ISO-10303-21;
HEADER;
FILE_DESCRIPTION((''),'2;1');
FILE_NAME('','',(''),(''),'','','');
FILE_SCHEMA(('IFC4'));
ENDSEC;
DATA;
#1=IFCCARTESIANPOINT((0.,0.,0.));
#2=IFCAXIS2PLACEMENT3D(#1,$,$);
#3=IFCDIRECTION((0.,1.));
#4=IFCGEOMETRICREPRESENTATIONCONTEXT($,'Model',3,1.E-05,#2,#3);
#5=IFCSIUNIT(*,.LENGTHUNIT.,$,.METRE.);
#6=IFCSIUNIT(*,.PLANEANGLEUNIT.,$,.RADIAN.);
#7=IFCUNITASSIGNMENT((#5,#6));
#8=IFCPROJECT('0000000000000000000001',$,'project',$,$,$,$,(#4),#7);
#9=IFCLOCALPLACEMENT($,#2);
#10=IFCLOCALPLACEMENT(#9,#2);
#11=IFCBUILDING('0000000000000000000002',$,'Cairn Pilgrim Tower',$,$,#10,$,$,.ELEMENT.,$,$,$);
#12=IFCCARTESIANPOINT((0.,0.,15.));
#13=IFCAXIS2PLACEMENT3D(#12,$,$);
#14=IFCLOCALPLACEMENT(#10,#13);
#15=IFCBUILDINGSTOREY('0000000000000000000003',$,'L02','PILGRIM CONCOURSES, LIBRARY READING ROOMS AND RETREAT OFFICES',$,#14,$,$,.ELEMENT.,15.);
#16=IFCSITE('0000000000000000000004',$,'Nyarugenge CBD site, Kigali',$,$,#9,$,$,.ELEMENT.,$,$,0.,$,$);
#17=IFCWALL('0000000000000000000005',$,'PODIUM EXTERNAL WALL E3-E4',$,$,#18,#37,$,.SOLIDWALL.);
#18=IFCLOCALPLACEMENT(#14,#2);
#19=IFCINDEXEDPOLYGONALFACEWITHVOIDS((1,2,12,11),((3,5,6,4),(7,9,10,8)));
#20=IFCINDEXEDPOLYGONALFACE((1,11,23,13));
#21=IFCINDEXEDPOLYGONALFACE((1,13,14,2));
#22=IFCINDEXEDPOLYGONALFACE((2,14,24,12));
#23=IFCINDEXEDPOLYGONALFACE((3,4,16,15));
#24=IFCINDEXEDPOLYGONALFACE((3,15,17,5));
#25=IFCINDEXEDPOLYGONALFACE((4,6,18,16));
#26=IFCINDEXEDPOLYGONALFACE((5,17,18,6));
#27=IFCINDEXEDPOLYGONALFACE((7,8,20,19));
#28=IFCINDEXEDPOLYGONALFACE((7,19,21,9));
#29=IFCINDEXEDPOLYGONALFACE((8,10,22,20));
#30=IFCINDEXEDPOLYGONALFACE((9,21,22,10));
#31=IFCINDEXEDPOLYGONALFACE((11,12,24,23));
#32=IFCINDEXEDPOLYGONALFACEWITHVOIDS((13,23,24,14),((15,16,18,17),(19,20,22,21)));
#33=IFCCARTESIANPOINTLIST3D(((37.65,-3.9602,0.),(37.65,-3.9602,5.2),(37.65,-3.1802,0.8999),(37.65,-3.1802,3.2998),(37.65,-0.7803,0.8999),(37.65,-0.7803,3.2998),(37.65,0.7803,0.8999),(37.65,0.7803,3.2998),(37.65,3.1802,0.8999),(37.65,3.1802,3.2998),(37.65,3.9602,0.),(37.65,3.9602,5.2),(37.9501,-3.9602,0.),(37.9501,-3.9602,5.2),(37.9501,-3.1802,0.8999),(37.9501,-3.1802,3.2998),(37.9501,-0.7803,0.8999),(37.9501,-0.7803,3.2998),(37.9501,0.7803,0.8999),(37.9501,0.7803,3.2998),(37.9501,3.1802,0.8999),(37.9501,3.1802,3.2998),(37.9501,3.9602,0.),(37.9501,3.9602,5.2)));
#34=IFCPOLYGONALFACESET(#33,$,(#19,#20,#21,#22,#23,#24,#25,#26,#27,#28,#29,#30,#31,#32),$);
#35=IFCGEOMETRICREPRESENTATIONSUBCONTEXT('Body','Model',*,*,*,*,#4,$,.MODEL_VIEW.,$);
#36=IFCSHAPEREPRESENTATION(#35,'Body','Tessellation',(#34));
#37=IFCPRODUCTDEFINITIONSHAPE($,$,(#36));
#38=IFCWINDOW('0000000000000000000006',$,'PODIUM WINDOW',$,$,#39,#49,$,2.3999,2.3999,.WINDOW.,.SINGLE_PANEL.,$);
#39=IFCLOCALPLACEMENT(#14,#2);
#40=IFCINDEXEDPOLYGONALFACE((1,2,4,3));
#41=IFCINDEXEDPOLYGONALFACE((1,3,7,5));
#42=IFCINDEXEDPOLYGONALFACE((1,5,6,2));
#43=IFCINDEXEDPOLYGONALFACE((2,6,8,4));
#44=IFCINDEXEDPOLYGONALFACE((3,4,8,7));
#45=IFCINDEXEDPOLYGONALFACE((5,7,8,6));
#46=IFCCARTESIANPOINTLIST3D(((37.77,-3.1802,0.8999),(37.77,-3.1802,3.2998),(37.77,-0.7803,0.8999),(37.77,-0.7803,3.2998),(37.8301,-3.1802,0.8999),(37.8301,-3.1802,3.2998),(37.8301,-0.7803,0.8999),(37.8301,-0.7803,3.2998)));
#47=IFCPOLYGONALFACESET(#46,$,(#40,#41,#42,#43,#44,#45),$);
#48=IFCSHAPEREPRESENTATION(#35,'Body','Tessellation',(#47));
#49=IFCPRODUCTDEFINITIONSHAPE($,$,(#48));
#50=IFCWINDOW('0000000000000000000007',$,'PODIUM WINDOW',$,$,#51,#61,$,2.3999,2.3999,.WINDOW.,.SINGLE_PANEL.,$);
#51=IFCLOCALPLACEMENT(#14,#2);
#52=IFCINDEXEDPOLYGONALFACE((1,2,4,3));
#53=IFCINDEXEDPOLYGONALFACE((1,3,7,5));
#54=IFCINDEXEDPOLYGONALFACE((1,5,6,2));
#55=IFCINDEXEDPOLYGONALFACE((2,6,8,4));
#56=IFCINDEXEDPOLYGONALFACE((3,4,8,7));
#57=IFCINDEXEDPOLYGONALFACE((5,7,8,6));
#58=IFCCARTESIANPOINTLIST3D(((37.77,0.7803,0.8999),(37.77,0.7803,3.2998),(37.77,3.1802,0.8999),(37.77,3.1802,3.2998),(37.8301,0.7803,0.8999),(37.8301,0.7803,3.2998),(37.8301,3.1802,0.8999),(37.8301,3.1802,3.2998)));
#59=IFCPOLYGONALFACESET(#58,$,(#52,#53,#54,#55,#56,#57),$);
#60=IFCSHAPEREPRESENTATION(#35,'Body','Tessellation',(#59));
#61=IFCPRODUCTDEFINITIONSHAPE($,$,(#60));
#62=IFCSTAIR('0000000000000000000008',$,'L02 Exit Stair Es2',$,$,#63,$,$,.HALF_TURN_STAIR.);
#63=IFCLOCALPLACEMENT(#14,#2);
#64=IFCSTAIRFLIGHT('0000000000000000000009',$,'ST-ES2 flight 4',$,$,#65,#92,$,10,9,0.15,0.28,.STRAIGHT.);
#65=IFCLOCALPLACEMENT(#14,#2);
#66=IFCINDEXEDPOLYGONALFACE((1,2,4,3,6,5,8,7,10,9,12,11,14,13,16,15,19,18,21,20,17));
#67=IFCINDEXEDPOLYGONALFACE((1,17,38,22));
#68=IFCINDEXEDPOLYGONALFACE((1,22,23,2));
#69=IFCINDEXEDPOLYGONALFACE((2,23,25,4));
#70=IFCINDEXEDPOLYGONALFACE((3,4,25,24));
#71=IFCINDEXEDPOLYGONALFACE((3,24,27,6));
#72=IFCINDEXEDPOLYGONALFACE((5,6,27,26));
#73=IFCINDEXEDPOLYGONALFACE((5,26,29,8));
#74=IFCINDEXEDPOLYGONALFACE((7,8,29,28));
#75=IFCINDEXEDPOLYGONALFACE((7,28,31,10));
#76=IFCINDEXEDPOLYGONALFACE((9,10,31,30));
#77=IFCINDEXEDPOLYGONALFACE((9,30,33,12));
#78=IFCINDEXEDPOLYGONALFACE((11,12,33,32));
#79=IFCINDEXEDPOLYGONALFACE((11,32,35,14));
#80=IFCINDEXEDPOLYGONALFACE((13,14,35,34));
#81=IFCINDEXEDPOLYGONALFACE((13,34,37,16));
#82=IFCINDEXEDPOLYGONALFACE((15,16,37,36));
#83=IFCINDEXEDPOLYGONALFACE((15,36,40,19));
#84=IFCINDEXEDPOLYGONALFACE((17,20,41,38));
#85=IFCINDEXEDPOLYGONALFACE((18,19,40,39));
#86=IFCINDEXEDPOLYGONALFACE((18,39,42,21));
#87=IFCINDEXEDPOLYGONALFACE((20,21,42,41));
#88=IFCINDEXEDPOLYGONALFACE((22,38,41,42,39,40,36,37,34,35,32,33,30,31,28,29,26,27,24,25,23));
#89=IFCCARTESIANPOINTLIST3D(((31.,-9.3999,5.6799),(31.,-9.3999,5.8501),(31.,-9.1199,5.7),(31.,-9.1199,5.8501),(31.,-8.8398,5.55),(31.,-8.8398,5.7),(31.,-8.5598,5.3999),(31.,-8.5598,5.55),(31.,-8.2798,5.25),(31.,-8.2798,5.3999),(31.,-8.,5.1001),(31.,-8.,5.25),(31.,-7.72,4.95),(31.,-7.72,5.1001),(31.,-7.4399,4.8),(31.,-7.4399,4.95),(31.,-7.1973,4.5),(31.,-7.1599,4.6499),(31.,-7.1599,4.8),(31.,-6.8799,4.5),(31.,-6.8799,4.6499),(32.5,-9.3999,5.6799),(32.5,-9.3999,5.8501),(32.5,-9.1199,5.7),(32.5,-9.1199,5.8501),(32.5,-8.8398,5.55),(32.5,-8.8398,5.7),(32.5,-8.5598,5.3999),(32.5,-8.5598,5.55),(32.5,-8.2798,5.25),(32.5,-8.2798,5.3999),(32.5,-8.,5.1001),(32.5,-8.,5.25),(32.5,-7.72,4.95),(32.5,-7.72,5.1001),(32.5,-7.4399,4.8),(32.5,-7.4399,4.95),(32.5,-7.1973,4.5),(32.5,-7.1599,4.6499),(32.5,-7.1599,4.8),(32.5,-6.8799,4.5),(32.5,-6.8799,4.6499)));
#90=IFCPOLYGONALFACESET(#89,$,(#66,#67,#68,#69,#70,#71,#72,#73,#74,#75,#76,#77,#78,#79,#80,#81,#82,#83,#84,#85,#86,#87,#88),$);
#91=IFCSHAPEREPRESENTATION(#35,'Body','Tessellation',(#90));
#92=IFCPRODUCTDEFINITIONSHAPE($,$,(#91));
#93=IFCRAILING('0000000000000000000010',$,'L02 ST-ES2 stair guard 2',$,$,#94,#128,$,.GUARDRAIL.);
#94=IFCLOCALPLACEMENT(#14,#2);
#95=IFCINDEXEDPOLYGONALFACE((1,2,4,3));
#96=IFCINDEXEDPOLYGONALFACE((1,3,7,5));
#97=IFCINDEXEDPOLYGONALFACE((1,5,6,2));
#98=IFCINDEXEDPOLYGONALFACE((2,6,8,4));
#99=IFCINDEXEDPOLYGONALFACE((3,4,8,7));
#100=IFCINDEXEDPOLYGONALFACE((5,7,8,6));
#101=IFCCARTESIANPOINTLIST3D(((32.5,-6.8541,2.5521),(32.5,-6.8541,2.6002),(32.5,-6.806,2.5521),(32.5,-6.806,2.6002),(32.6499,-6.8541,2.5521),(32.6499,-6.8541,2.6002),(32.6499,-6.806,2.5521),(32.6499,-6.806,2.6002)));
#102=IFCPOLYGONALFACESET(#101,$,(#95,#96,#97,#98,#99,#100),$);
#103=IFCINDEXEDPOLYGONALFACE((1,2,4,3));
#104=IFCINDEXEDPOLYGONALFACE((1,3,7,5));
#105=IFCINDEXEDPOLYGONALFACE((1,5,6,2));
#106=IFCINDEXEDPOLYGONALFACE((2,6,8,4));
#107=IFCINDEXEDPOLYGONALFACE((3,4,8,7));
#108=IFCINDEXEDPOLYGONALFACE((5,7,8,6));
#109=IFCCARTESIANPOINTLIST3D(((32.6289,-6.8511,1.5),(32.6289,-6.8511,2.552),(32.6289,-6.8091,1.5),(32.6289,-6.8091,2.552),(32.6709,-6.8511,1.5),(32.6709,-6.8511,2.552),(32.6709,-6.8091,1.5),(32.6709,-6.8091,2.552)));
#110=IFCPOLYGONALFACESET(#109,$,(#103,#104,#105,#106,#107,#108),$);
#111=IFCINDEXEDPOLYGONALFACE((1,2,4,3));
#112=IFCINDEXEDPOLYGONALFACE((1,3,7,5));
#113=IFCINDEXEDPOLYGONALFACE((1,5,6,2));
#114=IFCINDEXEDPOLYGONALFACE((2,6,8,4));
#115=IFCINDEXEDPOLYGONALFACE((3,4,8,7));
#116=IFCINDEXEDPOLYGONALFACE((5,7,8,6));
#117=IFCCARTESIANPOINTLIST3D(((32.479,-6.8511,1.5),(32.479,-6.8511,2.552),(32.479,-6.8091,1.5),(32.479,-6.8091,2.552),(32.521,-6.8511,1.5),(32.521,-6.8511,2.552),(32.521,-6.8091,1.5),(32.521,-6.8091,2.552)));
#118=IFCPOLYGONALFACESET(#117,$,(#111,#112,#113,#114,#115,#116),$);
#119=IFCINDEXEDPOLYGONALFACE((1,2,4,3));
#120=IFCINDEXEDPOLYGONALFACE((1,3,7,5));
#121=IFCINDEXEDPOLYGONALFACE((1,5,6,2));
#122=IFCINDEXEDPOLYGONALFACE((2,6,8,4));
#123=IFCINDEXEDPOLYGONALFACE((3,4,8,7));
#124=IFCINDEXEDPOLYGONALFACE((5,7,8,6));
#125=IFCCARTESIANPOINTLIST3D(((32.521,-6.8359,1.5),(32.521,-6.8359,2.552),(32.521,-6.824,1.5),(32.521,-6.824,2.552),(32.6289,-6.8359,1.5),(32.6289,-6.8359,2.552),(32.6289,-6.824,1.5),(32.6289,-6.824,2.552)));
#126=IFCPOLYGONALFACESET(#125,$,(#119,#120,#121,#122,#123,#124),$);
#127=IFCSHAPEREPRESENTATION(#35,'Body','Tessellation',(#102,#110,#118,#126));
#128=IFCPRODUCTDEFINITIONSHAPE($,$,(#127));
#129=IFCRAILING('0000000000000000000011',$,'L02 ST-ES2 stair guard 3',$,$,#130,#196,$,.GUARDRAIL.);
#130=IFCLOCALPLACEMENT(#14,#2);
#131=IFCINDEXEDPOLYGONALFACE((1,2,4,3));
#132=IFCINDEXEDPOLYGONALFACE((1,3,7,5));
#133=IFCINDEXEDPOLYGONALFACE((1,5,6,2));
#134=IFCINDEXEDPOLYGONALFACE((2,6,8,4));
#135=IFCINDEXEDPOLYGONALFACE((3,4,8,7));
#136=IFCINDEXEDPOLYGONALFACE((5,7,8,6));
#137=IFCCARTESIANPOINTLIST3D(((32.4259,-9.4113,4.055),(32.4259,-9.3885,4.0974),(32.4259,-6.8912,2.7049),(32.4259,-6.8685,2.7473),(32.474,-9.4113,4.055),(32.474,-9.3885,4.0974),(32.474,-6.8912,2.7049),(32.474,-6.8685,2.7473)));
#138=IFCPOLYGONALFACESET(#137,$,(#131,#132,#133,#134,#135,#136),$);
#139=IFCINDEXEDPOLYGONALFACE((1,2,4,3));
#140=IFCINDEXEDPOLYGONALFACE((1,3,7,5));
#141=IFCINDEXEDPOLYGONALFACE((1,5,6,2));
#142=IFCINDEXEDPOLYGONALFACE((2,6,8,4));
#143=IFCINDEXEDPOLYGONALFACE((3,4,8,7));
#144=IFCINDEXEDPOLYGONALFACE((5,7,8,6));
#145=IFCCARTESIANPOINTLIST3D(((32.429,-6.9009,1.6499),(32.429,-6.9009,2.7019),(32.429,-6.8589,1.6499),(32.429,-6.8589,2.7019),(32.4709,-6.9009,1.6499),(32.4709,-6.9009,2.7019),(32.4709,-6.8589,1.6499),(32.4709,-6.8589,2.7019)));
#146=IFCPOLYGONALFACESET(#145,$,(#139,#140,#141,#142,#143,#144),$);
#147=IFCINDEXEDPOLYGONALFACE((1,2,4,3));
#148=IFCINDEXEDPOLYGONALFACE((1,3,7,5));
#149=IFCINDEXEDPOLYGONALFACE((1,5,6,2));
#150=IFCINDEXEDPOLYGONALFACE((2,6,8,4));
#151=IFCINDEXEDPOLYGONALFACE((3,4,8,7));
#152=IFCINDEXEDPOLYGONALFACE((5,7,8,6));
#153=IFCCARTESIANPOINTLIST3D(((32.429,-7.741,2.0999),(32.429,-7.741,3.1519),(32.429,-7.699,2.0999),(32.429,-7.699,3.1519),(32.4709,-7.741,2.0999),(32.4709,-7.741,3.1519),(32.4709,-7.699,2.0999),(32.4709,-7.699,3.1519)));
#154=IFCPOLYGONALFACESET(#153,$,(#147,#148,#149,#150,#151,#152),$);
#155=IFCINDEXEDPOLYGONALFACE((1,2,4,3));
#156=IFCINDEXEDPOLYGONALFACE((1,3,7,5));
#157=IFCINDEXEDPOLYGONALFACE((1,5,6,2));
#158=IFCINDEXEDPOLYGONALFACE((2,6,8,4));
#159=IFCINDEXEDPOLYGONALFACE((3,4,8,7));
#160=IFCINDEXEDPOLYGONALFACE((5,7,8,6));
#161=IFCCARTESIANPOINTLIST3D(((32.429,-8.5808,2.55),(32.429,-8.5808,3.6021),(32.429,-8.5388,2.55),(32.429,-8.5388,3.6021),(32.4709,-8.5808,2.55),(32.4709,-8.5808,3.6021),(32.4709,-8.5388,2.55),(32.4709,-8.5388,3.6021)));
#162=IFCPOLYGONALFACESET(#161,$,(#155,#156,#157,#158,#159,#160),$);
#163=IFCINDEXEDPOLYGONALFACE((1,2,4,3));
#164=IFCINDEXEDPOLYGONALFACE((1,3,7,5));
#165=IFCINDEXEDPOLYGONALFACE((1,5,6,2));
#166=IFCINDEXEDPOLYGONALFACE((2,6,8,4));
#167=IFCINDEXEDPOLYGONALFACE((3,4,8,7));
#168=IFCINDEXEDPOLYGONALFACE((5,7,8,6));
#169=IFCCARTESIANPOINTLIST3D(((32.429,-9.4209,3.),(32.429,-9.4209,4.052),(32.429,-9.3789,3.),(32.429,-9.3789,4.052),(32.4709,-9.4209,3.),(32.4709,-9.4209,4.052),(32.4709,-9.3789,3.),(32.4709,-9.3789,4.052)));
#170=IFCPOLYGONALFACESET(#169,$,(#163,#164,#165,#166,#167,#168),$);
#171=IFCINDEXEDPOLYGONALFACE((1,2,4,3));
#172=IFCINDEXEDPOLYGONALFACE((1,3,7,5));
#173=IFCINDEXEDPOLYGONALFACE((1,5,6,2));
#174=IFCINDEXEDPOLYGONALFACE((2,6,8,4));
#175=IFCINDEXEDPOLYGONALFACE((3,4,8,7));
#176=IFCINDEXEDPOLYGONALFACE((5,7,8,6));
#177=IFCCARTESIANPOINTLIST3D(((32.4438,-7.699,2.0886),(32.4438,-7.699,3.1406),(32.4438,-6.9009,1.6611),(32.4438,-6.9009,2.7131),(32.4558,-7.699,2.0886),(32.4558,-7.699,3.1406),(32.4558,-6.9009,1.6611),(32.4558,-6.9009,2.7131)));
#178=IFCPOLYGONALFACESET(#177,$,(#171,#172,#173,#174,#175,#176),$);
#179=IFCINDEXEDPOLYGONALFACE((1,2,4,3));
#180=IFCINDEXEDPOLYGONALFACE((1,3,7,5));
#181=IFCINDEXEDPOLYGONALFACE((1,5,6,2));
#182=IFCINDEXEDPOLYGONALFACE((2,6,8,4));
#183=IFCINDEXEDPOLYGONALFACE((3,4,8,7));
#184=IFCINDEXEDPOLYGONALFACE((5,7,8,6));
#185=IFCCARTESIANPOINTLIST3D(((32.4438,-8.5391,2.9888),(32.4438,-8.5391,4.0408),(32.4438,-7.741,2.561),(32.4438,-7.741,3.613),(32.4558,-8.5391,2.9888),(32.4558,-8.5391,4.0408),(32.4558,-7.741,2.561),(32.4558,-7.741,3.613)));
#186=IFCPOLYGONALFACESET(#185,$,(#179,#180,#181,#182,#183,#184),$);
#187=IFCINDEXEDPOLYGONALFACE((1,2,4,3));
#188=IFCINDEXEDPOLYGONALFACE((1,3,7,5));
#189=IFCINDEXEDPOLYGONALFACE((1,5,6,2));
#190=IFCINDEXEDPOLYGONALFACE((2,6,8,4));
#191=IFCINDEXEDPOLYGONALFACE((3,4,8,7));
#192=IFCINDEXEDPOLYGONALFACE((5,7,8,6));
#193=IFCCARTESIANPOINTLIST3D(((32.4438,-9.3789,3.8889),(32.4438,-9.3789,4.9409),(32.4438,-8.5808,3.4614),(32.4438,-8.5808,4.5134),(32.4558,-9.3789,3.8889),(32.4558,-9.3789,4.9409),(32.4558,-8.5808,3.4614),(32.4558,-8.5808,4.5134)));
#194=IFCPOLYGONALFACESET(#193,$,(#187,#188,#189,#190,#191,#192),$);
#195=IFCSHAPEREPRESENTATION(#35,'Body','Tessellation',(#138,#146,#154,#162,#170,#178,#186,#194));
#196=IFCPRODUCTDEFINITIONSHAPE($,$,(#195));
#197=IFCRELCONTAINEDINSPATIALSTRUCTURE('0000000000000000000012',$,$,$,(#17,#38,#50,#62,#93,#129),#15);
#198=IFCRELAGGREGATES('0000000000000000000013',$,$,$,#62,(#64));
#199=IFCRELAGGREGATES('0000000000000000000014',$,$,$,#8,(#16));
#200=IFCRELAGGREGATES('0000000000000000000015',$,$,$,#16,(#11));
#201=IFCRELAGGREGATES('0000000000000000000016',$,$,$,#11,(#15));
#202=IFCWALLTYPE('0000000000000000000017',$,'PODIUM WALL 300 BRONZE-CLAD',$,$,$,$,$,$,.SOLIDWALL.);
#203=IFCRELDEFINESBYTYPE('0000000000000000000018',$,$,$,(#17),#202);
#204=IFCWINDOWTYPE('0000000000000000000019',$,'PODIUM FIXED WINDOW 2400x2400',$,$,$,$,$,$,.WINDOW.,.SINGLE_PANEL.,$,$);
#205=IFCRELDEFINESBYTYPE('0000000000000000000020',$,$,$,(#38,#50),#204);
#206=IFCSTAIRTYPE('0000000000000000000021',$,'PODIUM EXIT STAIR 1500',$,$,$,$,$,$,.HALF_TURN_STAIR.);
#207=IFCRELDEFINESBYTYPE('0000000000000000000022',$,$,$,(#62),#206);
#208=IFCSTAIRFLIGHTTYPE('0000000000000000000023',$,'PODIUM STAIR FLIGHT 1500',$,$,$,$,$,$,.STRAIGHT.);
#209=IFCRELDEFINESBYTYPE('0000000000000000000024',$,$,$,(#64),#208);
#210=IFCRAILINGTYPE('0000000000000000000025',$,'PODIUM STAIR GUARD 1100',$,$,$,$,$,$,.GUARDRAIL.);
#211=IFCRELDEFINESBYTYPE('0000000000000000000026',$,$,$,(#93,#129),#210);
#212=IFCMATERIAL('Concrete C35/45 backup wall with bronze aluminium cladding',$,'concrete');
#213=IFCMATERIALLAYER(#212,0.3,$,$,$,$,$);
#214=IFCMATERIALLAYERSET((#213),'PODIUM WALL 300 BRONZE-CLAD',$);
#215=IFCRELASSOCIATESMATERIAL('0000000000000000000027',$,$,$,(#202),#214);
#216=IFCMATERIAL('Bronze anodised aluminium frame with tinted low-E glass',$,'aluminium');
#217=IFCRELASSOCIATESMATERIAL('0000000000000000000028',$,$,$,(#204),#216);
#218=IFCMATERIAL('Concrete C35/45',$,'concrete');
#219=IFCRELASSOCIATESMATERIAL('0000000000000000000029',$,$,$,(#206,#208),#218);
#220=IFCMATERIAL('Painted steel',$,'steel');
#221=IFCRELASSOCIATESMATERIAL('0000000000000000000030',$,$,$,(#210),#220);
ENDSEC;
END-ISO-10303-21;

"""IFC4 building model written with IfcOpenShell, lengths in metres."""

from ifc_helpers import new_model, si_unit, direction, frame, frame_2d, origin, origin_2d, place, context, subcontext, project, spatial, polyline, rectangle, outline, extrude, material, layer, layer_set, type_object, element, fill, aggregate, save


model = new_model("IFC4")

# Units and contexts
model_context = context("Model", 3, precision=1e-05, world=origin(), true_north=direction((0.0, 1.0)))
body_context = subcontext(model_context, "Body", "Model", "MODEL_VIEW")
ifc_project = project(units=[si_unit("LENGTHUNIT", "METRE"), si_unit("PLANEANGLEUNIT", "RADIAN")], contexts=[model_context])

# Site, building, storey
site_placement = place(None, origin())
site = spatial("IfcSite", under=ifc_project, at=site_placement, Name="Nyarugenge CBD site, Kigali", CompositionType="ELEMENT", RefElevation=0.0)
building_placement = place(site_placement, origin())
building = spatial("IfcBuilding", under=site, at=building_placement, Name="Cairn Pilgrim Tower", CompositionType="ELEMENT")
storey_placement = place(building_placement, frame((0.0, 0.0, 15.0)))
storey = spatial("IfcBuildingStorey", under=building, at=storey_placement, Name="L02", Description="PILGRIM CONCOURSES, LIBRARY READING ROOMS AND RETREAT OFFICES", CompositionType="ELEMENT", Elevation=15.0)

# Shared definitions
ifc_material_1 = material(Name="Concrete C35/45", Category="concrete")

# Wall, openings, windows
ifc_material_2 = material(Name="Concrete C35/45 backup wall with bronze aluminium cladding", Category="concrete")
ifc_layer_1 = layer(ifc_material_2, 0.3)
ifc_layer_set_1 = layer_set([ifc_layer_1], Name="PODIUM WALL 300 BRONZE-CLAD")
wall_type_1 = type_object("IfcWallType", Name="PODIUM WALL 300 BRONZE-CLAD", PredefinedType="SOLIDWALL", material=ifc_layer_set_1)
wall_1_placement = place(storey_placement, frame((37.8, -3.9602, 0.0), z_axis=(0.0, 0.0, 1.0), x_axis=(0.0, 1.0, 0.0)))
wall_1 = element("IfcWall", 1, at=wall_1_placement, inside=storey, type_object=wall_type_1, Name="PODIUM EXTERNAL WALL E3-E4", PredefinedType="SOLIDWALL", context=body_context, shape_type="SweptSolid", body=[
    extrude(rectangle(XDim=7.9204, YDim=0.3, at=frame_2d((3.9602, 0.0))), origin(), (0.0, 0.0, 1.0), 5.2),
])
opening_1_placement = place(wall_1_placement, frame((0.78, 0.0, 0.8999)))
opening_1 = element("IfcOpeningElement", 2, at=opening_1_placement, cuts=wall_1, PredefinedType="OPENING", context=body_context, shape_type="SweptSolid", body=[
    extrude(rectangle(XDim=2.3999, YDim=2.3999, at=frame_2d((1.2, 1.2))), frame((0.0, 0.1602, 0.0), z_axis=(0.0, -1.0, 0.0), x_axis=(1.0, 0.0, 0.0)), (0.0, 0.0, 1.0), 0.3201),
])
opening_2_placement = place(wall_1_placement, frame((4.7405, 0.0, 0.8999)))
opening_2 = element("IfcOpeningElement", 3, at=opening_2_placement, cuts=wall_1, PredefinedType="OPENING", context=body_context, shape_type="SweptSolid", body=[
    extrude(rectangle(XDim=2.3999, YDim=2.3999, at=frame_2d((1.2, 1.2))), frame((0.0, 0.1602, 0.0), z_axis=(0.0, -1.0, 0.0), x_axis=(1.0, 0.0, 0.0)), (0.0, 0.0, 1.0), 0.3201),
])
ifc_material_3 = material(Name="Bronze anodised aluminium frame with tinted low-E glass", Category="aluminium")
window_type = type_object("IfcWindowType", Name="PODIUM FIXED WINDOW 2400x2400", PartitioningType="SINGLE_PANEL", PredefinedType="WINDOW", material=ifc_material_3)
window_1_placement = place(opening_1_placement, origin())
window_1 = element("IfcWindow", 4, at=window_1_placement, inside=storey, type_object=window_type, Name="PODIUM WINDOW", OverallHeight=2.3999, OverallWidth=2.3999, PartitioningType="SINGLE_PANEL", PredefinedType="WINDOW", context=body_context, shape_type="SweptSolid", body=[
    extrude(rectangle(XDim=2.3999, YDim=2.3999, at=frame_2d((1.2, 1.2))), frame((0.0, 0.03, 0.0), z_axis=(0.0, -1.0, 0.0), x_axis=(1.0, 0.0, 0.0)), (0.0, 0.0, 1.0), 0.0601),
])
fill(opening_1, window_1)
window_2_placement = place(opening_2_placement, origin())
window_2 = element("IfcWindow", 5, at=window_2_placement, inside=storey, type_object=window_type, Name="PODIUM WINDOW", OverallHeight=2.3999, OverallWidth=2.3999, PartitioningType="SINGLE_PANEL", PredefinedType="WINDOW", context=body_context, shape_type="SweptSolid", body=[
    extrude(rectangle(XDim=2.3999, YDim=2.3999, at=frame_2d((1.2, 1.2))), frame((0.0, 0.03, 0.0), z_axis=(0.0, -1.0, 0.0), x_axis=(1.0, 0.0, 0.0)), (0.0, 0.0, 1.0), 0.0601),
])
fill(opening_2, window_2)

# Stair, stair flight
stair_type = type_object("IfcStairType", Name="PODIUM EXIT STAIR 1500", PredefinedType="HALF_TURN_STAIR", material=ifc_material_1)
stair_placement = place(storey_placement, origin())
stair = element("IfcStair", 6, at=stair_placement, inside=storey, type_object=stair_type, Name="L02 Exit Stair Es2", PredefinedType="HALF_TURN_STAIR")
stair_flight_type = type_object("IfcStairFlightType", Name="PODIUM STAIR FLIGHT 1500", PredefinedType="STRAIGHT", material=ifc_material_1)
stair_flight_placement = place(storey_placement, frame((31.75, -6.8799, 4.5), z_axis=(0.0, 0.0, 1.0), x_axis=(0.0, -1.0, 0.0)))
stair_flight = element("IfcStairFlight", 7, at=stair_flight_placement, type_object=stair_flight_type, Name="ST-ES2 flight 4", NumberOfRisers=10, NumberOfTreads=9, PredefinedType="STRAIGHT", RiserHeight=0.15, TreadLength=0.28, context=body_context, shape_type="SweptSolid", body=[
    extrude(outline(polyline([(0.0, 0.0), (0.0, 0.1499), (0.28, 0.1499), (0.28, 0.3), (0.5601, 0.3), (0.5601, 0.45), (0.8401, 0.45), (0.8401, 0.6001), (1.1201, 0.6001), (1.1201, 0.75), (1.3999, 0.75), (1.3999, 0.8999), (1.6799, 0.8999), (1.6799, 1.05), (1.96, 1.05), (1.96, 1.2), (2.24, 1.2), (2.24, 1.3501), (2.52, 1.3501), (2.52, 1.5), (2.52, 1.1799), (0.3174, 0.0), (0.0, 0.0)])), frame((0.0, 0.75, 0.0), z_axis=(0.0, -1.0, 0.0), x_axis=(1.0, 0.0, 0.0)), (0.0, 0.0, 1.0), 1.5),
])
aggregate(stair, [stair_flight])

# Railings
ifc_material_4 = material(Name="Painted steel", Category="steel")
railing_type = type_object("IfcRailingType", Name="PODIUM STAIR GUARD 1100", PredefinedType="GUARDRAIL", material=ifc_material_4)
railing_1_placement = place(storey_placement, frame((32.6499, -6.8301, 1.5)))
element("IfcRailing", 8, at=railing_1_placement, inside=storey, type_object=railing_type, Name="L02 ST-ES2 stair guard 2", PredefinedType="GUARDRAIL", context=body_context, shape_type="SweptSolid", body=[
    extrude(rectangle(XDim=0.0481, YDim=0.0481, at=origin_2d()), frame((0.0, 0.0, 1.0762), z_axis=(-1.0, 0.0, 0.0), x_axis=(0.0, -1.0, 0.0)), (0.0, 0.0, 1.0), 0.1499),
    extrude(rectangle(XDim=0.042, YDim=0.042, at=origin_2d()), origin(), (0.0, 0.0, 1.0), 1.052),
    extrude(rectangle(XDim=0.042, YDim=0.042, at=origin_2d()), frame((-0.1499, 0.0, 0.0)), (0.0, 0.0, 1.0), 1.052),
    extrude(outline(polyline([(0.021, 0.0), (0.1289, 0.0), (0.1289, 1.052), (0.021, 1.052), (0.021, 0.0)])), frame((0.0, -0.0059, 0.0), z_axis=(0.0, 1.0, 0.0), x_axis=(-1.0, 0.0, 0.0)), (0.0, 0.0, 1.0), 0.012),
])
railing_2_placement = place(storey_placement, frame((32.45, -6.8799, 1.6499)))
element("IfcRailing", 9, at=railing_2_placement, inside=storey, type_object=railing_type, Name="L02 ST-ES2 stair guard 3", PredefinedType="GUARDRAIL", context=body_context, shape_type="SweptSolid", body=[
    extrude(rectangle(XDim=0.0481, YDim=0.0481, at=origin_2d()), frame((0.0, 0.0, 1.0762), z_axis=(0.0, -0.881467, 0.472245), x_axis=(1.0, 0.0, 0.0)), (0.0, 0.0, 1.0), 2.8589),
    extrude(rectangle(XDim=0.042, YDim=0.042, at=origin_2d()), origin(), (0.0, 0.0, 1.0), 1.052),
    extrude(rectangle(XDim=0.042, YDim=0.042, at=origin_2d()), frame((0.0, -0.8401, 0.45)), (0.0, 0.0, 1.0), 1.052),
    extrude(rectangle(XDim=0.042, YDim=0.042, at=origin_2d()), frame((0.0, -1.6799, 0.9001)), (0.0, 0.0, 1.0), 1.052),
    extrude(rectangle(XDim=0.042, YDim=0.042, at=origin_2d()), frame((0.0, -2.52, 1.3501)), (0.0, 0.0, 1.0), 1.052),
    extrude(outline(polyline([(0.021, 0.0112), (0.8191, 0.4387), (0.8191, 1.4907), (0.021, 1.0632), (0.021, 0.0112)])), frame((0.0059, 0.0, 0.0), z_axis=(-1.0, 0.0, 0.0), x_axis=(0.0, -1.0, 0.0)), (0.0, 0.0, 1.0), 0.012),
    extrude(outline(polyline([(0.021, 0.4612), (0.8191, 0.8889), (0.8191, 1.9409), (0.021, 1.5132), (0.021, 0.4612)])), frame((0.0059, -0.8401, 0.45), z_axis=(-1.0, 0.0, 0.0), x_axis=(0.0, -1.0, 0.0)), (0.0, 0.0, 1.0), 0.012),
    extrude(outline(polyline([(0.021, 0.9114), (0.8191, 1.3389), (0.8191, 2.3909), (0.021, 1.9634), (0.021, 0.9114)])), frame((0.0059, -1.6799, 0.9001), z_axis=(-1.0, 0.0, 0.0), x_axis=(0.0, -1.0, 0.0)), (0.0, 0.0, 1.0), 0.012),
])

save(model, "model.ifc")
